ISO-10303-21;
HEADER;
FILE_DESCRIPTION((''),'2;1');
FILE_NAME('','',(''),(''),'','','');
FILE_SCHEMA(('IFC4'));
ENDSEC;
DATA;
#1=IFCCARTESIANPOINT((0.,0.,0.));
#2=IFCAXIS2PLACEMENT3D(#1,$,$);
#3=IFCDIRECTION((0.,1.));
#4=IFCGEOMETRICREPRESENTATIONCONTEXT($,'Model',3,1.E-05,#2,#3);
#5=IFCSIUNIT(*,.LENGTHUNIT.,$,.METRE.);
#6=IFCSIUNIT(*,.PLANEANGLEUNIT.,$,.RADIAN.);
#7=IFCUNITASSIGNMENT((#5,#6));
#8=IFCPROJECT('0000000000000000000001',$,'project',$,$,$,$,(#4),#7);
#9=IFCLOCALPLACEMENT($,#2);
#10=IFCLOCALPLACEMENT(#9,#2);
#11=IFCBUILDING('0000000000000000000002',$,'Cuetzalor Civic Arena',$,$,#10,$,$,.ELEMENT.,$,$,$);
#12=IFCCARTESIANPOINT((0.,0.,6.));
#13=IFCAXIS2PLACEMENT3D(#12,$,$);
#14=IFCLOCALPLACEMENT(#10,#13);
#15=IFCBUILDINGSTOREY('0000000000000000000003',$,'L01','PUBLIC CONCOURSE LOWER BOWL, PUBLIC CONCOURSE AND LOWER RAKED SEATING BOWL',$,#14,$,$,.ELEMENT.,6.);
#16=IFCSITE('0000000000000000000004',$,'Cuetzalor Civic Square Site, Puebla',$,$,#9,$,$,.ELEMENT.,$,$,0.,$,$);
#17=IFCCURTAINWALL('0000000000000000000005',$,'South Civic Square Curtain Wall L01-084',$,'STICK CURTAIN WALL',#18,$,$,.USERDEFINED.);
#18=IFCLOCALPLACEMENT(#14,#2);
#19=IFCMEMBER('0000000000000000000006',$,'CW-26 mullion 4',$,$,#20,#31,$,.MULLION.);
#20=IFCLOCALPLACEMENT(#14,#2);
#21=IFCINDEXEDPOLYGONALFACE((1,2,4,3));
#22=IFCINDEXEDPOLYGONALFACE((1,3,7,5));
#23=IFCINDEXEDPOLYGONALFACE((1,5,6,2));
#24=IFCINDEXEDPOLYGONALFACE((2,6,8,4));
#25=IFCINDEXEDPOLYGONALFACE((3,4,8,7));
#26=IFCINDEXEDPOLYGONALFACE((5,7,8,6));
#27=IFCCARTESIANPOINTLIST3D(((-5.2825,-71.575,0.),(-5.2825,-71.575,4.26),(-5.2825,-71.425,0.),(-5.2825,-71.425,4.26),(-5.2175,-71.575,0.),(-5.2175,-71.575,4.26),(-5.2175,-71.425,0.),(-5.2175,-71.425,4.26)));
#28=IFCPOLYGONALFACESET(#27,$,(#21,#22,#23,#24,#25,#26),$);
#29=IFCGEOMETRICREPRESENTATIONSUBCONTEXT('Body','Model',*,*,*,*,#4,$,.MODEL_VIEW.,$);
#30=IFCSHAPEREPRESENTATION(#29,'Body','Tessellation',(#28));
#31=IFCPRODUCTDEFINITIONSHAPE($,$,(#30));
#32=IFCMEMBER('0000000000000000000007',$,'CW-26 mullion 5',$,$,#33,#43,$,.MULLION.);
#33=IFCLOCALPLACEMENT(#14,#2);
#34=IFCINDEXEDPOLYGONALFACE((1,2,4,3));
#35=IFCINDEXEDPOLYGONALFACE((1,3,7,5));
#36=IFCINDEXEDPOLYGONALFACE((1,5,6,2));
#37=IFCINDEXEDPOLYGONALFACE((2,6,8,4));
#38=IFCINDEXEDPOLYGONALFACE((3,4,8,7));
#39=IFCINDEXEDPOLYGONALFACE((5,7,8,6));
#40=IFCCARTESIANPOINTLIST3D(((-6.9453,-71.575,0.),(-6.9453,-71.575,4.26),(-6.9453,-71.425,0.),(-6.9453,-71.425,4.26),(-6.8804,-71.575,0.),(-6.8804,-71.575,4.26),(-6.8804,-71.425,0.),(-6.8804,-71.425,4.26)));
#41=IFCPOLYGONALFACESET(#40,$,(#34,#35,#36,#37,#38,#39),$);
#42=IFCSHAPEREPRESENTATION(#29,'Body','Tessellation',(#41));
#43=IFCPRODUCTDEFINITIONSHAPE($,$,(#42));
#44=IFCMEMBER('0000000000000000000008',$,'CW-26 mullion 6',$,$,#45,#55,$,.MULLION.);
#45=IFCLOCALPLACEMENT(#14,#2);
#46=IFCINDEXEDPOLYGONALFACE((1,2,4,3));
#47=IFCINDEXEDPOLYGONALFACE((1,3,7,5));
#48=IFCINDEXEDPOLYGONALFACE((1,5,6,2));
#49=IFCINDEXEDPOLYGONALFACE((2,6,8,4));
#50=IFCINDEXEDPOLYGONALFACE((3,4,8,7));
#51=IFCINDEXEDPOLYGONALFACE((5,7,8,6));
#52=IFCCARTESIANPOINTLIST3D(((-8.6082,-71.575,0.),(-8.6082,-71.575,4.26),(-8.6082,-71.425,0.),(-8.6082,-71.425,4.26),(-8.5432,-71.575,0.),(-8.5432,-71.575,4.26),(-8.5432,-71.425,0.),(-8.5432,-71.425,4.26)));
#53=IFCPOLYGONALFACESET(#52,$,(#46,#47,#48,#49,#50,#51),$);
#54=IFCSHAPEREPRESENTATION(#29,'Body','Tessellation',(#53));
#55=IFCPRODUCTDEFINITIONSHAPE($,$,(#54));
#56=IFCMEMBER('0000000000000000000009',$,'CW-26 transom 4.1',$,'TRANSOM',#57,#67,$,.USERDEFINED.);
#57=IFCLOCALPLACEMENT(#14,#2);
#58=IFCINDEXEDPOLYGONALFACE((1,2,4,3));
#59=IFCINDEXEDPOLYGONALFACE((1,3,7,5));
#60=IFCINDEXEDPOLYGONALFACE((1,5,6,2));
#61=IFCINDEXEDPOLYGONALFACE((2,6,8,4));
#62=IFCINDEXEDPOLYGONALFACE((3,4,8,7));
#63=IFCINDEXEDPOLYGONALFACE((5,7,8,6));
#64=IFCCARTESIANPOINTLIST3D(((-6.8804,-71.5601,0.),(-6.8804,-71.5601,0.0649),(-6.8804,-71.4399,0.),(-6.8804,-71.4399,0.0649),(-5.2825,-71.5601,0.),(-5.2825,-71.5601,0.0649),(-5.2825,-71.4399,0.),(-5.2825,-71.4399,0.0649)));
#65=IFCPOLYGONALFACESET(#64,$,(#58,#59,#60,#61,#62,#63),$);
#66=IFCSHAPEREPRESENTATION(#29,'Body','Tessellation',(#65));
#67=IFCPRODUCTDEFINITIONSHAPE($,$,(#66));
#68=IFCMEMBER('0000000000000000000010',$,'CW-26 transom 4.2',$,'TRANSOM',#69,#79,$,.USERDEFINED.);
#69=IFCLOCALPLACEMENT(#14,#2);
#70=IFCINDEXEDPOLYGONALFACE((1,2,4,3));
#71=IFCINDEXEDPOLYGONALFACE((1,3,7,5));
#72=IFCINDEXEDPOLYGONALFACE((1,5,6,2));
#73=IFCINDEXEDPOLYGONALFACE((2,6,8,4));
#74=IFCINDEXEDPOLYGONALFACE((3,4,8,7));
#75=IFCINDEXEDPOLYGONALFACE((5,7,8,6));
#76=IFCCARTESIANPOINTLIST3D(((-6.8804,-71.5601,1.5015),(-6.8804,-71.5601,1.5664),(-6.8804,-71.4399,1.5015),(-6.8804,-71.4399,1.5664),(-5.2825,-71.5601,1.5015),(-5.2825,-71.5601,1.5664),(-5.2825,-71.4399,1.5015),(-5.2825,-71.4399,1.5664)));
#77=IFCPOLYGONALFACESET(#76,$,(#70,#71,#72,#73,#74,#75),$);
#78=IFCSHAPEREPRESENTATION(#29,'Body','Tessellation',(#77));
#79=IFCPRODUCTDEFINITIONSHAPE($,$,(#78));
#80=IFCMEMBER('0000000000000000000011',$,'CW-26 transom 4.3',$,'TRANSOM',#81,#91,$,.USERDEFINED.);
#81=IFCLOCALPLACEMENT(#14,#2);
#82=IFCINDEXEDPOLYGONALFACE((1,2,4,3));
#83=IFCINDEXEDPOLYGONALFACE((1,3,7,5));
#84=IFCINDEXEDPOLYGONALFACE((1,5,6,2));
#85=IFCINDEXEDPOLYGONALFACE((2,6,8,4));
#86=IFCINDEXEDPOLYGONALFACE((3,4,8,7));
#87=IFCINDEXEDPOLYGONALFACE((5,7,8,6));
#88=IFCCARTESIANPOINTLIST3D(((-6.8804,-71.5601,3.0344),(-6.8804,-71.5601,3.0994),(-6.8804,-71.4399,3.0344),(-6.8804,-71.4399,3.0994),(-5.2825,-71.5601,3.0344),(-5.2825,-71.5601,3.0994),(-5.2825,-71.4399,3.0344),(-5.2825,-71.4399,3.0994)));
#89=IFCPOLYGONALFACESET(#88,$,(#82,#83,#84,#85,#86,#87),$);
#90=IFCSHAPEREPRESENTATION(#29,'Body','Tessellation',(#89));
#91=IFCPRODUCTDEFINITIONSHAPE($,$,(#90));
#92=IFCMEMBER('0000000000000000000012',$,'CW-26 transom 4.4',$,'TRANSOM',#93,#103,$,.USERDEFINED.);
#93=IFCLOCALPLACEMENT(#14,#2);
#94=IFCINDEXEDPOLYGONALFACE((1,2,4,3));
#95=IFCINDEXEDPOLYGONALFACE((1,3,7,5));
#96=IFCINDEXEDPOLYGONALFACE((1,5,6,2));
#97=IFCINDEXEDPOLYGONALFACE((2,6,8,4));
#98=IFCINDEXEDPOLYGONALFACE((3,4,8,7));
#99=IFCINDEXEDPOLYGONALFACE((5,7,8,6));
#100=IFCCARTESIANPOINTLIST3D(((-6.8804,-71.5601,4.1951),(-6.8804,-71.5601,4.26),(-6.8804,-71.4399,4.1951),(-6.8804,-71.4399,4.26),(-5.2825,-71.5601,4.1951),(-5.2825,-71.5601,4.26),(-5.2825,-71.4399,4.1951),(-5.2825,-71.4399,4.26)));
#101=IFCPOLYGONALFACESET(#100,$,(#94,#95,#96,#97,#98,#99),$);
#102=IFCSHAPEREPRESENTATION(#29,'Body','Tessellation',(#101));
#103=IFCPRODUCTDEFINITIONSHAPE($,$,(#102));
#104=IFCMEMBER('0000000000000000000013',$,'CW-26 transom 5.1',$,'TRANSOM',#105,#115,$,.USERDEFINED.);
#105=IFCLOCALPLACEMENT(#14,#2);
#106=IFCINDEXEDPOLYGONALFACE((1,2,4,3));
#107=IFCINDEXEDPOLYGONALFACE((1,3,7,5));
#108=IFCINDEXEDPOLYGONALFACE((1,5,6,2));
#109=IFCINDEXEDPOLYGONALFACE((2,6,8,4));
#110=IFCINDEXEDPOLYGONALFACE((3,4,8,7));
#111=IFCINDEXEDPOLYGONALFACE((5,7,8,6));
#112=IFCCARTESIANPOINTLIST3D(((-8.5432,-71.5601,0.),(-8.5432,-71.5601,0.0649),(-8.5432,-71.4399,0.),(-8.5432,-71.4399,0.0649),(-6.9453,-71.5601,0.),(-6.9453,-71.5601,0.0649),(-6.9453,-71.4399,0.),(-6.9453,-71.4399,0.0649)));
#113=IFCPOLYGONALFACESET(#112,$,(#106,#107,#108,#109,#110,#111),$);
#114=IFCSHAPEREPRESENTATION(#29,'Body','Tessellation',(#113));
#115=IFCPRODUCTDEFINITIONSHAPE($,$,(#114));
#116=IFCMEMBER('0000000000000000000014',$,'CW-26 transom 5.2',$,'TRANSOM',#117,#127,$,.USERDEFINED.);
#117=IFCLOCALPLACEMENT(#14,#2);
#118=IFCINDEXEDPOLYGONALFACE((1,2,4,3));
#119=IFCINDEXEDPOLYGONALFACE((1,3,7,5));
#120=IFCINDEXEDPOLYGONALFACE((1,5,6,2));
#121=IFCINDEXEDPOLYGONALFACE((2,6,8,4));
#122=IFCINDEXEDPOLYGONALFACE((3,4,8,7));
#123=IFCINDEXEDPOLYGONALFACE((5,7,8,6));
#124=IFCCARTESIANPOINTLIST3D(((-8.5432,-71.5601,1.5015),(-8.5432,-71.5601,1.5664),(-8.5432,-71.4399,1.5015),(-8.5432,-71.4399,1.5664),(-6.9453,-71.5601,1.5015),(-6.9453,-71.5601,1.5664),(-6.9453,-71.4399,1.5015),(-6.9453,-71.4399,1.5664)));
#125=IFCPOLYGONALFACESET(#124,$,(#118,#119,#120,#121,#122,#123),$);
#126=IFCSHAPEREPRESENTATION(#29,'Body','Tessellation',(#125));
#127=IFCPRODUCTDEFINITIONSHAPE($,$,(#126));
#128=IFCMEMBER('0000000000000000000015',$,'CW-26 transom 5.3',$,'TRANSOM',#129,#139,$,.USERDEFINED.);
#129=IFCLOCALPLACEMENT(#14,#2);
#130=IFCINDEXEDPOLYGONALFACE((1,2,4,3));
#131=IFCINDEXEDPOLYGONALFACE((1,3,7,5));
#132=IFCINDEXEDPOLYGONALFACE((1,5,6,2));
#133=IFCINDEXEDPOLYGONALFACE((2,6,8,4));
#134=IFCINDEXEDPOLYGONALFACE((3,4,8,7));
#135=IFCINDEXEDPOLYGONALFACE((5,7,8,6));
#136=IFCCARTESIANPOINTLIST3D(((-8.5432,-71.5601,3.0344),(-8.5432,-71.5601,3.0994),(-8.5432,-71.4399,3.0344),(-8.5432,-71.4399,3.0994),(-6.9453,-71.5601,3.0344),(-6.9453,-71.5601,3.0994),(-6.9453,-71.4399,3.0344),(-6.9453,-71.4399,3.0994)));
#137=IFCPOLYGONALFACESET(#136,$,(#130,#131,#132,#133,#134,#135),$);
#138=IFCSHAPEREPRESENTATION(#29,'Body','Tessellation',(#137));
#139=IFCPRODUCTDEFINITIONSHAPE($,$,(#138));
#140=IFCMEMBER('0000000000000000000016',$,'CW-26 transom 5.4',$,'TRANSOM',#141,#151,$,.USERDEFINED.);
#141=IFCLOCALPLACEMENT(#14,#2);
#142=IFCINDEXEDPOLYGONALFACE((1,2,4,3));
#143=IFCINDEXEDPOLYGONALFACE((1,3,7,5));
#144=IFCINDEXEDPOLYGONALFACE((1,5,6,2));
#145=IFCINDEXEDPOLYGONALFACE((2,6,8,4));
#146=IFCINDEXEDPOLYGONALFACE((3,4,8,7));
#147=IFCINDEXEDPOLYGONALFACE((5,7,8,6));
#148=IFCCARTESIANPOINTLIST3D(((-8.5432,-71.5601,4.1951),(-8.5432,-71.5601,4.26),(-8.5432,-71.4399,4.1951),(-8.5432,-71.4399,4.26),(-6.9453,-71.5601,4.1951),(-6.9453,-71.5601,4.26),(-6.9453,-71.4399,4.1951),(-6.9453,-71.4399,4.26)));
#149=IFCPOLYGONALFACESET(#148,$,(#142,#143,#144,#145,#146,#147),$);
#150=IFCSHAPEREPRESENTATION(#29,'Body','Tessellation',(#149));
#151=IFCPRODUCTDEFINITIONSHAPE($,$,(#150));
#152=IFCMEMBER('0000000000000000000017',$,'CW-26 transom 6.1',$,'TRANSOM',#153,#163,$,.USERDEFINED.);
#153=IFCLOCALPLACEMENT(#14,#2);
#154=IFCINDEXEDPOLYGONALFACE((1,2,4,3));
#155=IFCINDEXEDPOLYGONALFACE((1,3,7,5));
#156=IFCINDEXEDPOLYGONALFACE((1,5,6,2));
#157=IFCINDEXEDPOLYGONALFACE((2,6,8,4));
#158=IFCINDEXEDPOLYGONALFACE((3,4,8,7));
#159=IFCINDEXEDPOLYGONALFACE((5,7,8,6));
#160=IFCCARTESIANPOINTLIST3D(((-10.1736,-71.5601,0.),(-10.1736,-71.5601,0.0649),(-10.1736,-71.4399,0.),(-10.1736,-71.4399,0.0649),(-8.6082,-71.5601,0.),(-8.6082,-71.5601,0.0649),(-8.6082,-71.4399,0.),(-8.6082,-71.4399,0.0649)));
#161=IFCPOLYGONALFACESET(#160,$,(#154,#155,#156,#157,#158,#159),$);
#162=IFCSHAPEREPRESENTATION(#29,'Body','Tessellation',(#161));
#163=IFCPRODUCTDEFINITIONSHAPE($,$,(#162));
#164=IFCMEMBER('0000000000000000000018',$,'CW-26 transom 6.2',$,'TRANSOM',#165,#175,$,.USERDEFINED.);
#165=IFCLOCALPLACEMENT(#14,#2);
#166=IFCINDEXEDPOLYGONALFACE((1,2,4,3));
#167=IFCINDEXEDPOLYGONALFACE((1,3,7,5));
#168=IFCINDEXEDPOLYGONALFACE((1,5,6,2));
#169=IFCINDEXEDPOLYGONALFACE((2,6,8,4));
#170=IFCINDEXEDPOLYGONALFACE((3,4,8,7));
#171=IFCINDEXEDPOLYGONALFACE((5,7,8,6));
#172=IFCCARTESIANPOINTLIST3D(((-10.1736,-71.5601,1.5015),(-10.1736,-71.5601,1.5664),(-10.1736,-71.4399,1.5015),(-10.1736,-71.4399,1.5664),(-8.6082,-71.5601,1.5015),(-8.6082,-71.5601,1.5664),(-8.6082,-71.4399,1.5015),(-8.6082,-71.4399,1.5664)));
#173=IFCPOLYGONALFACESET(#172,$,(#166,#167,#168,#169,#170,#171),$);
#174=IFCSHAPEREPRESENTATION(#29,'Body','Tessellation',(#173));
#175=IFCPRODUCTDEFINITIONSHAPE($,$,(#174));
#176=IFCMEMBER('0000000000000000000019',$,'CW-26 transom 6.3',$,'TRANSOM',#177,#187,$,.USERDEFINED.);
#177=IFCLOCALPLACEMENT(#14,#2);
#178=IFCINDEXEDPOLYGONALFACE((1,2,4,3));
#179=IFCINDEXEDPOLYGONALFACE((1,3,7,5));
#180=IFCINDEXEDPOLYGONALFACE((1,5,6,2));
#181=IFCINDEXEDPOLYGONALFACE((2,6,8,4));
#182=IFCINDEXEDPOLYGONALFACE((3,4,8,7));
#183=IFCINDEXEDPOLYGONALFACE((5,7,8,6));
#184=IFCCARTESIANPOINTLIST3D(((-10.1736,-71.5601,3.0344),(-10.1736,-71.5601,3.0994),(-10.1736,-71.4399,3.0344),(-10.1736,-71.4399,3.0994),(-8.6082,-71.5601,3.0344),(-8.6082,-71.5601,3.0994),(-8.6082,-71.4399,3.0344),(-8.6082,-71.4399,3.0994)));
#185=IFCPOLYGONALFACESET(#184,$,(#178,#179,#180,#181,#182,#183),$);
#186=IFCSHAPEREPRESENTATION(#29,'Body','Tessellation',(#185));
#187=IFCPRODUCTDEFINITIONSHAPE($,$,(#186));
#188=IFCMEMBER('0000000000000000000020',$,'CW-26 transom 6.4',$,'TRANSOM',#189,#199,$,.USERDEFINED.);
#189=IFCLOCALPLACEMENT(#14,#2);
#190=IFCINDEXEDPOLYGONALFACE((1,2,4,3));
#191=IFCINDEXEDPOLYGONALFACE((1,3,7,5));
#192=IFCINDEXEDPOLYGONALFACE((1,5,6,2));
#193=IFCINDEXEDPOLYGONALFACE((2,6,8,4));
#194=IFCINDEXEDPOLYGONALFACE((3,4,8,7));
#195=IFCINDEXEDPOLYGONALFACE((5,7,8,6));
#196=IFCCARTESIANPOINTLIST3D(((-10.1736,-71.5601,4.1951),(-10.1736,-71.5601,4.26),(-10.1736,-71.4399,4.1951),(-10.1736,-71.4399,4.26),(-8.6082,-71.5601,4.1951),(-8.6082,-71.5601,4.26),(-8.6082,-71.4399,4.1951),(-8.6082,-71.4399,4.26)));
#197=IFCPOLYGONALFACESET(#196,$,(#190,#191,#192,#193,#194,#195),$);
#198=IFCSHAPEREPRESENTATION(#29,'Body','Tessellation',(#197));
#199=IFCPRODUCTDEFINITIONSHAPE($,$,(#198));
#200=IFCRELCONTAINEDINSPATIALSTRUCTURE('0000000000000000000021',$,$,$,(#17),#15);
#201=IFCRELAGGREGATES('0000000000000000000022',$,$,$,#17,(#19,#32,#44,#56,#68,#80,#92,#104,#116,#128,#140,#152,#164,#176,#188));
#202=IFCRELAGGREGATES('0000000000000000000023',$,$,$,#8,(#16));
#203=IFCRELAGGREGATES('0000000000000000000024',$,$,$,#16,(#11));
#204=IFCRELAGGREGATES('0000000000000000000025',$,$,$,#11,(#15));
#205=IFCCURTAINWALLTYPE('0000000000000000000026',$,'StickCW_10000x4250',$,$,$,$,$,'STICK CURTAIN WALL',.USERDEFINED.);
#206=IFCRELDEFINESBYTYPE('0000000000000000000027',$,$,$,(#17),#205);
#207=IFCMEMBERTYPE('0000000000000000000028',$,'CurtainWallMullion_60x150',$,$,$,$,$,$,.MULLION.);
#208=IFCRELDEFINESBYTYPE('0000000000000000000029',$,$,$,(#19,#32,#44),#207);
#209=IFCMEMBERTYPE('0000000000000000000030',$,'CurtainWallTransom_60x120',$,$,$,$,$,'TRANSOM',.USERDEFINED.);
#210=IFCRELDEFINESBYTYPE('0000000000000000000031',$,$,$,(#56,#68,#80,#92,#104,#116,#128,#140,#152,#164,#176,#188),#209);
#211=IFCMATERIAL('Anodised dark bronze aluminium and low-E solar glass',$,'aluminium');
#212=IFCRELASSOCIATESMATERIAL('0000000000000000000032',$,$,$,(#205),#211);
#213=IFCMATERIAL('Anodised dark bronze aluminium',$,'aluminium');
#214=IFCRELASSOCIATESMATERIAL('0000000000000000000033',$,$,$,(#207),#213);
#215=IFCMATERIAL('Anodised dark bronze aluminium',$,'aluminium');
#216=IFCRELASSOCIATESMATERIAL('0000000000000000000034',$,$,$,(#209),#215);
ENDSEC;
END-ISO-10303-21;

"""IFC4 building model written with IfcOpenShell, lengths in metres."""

from ifc_helpers import new_model, si_unit, direction, frame, origin, origin_2d, place, context, subcontext, project, spatial, rectangle, extrude, material, material_profile, profile_set, type_object, element, aggregate, save


model = new_model("IFC4")

# Units and contexts
model_context = context("Model", 3, precision=1e-05, world=origin(), true_north=direction((0.0, 1.0)))
body_context = subcontext(model_context, "Body", "Model", "MODEL_VIEW")
ifc_project = project(units=[si_unit("LENGTHUNIT", "METRE"), si_unit("PLANEANGLEUNIT", "RADIAN")], contexts=[model_context])

# Site, building, storey
site_placement = place(None, origin())
site = spatial("IfcSite", under=ifc_project, at=site_placement, Name="Cuetzalor Civic Square Site, Puebla", CompositionType="ELEMENT", RefElevation=0.0)
building_placement = place(site_placement, origin())
building = spatial("IfcBuilding", under=site, at=building_placement, Name="Cuetzalor Civic Arena", CompositionType="ELEMENT")
storey_placement = place(building_placement, frame((0.0, 0.0, 6.0)))
storey = spatial("IfcBuildingStorey", under=building, at=storey_placement, Name="L01", Description="PUBLIC CONCOURSE LOWER BOWL, PUBLIC CONCOURSE AND LOWER RAKED SEATING BOWL", CompositionType="ELEMENT", Elevation=6.0)

# Curtain wall, members
ifc_material_1 = material(Name="Anodised dark bronze aluminium and low-E solar glass", Category="aluminium")
curtain_wall_type = type_object("IfcCurtainWallType", Name="StickCW_10000x4250", ElementType="STICK CURTAIN WALL", PredefinedType="USERDEFINED", material=ifc_material_1)
curtain_wall_placement = place(storey_placement, origin())
curtain_wall = element("IfcCurtainWall", 1, at=curtain_wall_placement, inside=storey, type_object=curtain_wall_type, Name="South Civic Square Curtain Wall L01-084", ObjectType="STICK CURTAIN WALL", PredefinedType="USERDEFINED")
ifc_material_2 = material(Name="Anodised dark bronze aluminium", Category="aluminium")
ifc_material_profile_1 = material_profile(ifc_material_2, rectangle(XDim=0.0649, YDim=0.1499, at=origin_2d()), Name="ALU MULLION 65x150")
ifc_profile_set_1 = profile_set([ifc_material_profile_1], Name="Anodised dark bronze aluminium")
member_type_1 = type_object("IfcMemberType", Name="CurtainWallMullion_60x150", PredefinedType="MULLION", material=ifc_profile_set_1)
member_1_placement = place(storey_placement, frame((-5.25, -71.5, 0.0), z_axis=(0.0, 0.0, 1.0), x_axis=(-1.0, 0.0, 0.0)))
member_1 = element("IfcMember", 2, at=member_1_placement, type_object=member_type_1, Name="CW-26 mullion 4", PredefinedType="MULLION", context=body_context, shape_type="SweptSolid", body=[
    extrude(rectangle(XDim=0.0649, YDim=0.1499, at=origin_2d()), origin(), (0.0, 0.0, 1.0), 4.26),
])
member_2_placement = place(storey_placement, frame((-6.9128, -71.5, 0.0), z_axis=(0.0, 0.0, 1.0), x_axis=(-1.0, 0.0, 0.0)))
member_2 = element("IfcMember", 3, at=member_2_placement, type_object=member_type_1, Name="CW-26 mullion 5", PredefinedType="MULLION", context=body_context, shape_type="SweptSolid", body=[
    extrude(rectangle(XDim=0.0649, YDim=0.1499, at=origin_2d()), origin(), (0.0, 0.0, 1.0), 4.26),
])
member_3_placement = place(storey_placement, frame((-8.5757, -71.5, 0.0), z_axis=(0.0, 0.0, 1.0), x_axis=(-1.0, 0.0, 0.0)))
member_3 = element("IfcMember", 4, at=member_3_placement, type_object=member_type_1, Name="CW-26 mullion 6", PredefinedType="MULLION", context=body_context, shape_type="SweptSolid", body=[
    extrude(rectangle(XDim=0.0649, YDim=0.1499, at=origin_2d()), origin(), (0.0, 0.0, 1.0), 4.26),
])
ifc_material_3 = material(Name="Anodised dark bronze aluminium", Category="aluminium")
ifc_material_profile_2 = material_profile(ifc_material_3, rectangle(XDim=0.1201, YDim=0.0649, at=origin_2d()), Name="ALU TRANSOM 65x120")
ifc_profile_set_2 = profile_set([ifc_material_profile_2], Name="Anodised dark bronze aluminium")
member_type_2 = type_object("IfcMemberType", Name="CurtainWallTransom_60x120", ElementType="TRANSOM", PredefinedType="USERDEFINED", material=ifc_profile_set_2)
member_4_placement = place(storey_placement, frame((-5.2825, -71.5, 0.0325), z_axis=(-1.0, 0.0, 0.0), x_axis=(0.0, -1.0, 0.0)))
member_4 = element("IfcMember", 5, at=member_4_placement, type_object=member_type_2, Name="CW-26 transom 4.1", ObjectType="TRANSOM", PredefinedType="USERDEFINED", context=body_context, shape_type="SweptSolid", body=[
    extrude(rectangle(XDim=0.1201, YDim=0.0649, at=origin_2d()), origin(), (0.0, 0.0, 1.0), 1.5979),
])
member_5_placement = place(storey_placement, frame((-5.2825, -71.5, 1.5339), z_axis=(-1.0, 0.0, 0.0), x_axis=(0.0, -1.0, 0.0)))
member_5 = element("IfcMember", 6, at=member_5_placement, type_object=member_type_2, Name="CW-26 transom 4.2", ObjectType="TRANSOM", PredefinedType="USERDEFINED", context=body_context, shape_type="SweptSolid", body=[
    extrude(rectangle(XDim=0.1201, YDim=0.0649, at=origin_2d()), origin(), (0.0, 0.0, 1.0), 1.5979),
])
member_6_placement = place(storey_placement, frame((-5.2825, -71.5, 3.0669), z_axis=(-1.0, 0.0, 0.0), x_axis=(0.0, -1.0, 0.0)))
member_6 = element("IfcMember", 7, at=member_6_placement, type_object=member_type_2, Name="CW-26 transom 4.3", ObjectType="TRANSOM", PredefinedType="USERDEFINED", context=body_context, shape_type="SweptSolid", body=[
    extrude(rectangle(XDim=0.1201, YDim=0.0649, at=origin_2d()), origin(), (0.0, 0.0, 1.0), 1.5979),
])
member_7_placement = place(storey_placement, frame((-5.2825, -71.5, 4.2275), z_axis=(-1.0, 0.0, 0.0), x_axis=(0.0, -1.0, 0.0)))
member_7 = element("IfcMember", 8, at=member_7_placement, type_object=member_type_2, Name="CW-26 transom 4.4", ObjectType="TRANSOM", PredefinedType="USERDEFINED", context=body_context, shape_type="SweptSolid", body=[
    extrude(rectangle(XDim=0.1201, YDim=0.0649, at=origin_2d()), origin(), (0.0, 0.0, 1.0), 1.5979),
])
member_8_placement = place(storey_placement, frame((-6.9453, -71.5, 0.0325), z_axis=(-1.0, 0.0, 0.0), x_axis=(0.0, -1.0, 0.0)))
member_8 = element("IfcMember", 9, at=member_8_placement, type_object=member_type_2, Name="CW-26 transom 5.1", ObjectType="TRANSOM", PredefinedType="USERDEFINED", context=body_context, shape_type="SweptSolid", body=[
    extrude(rectangle(XDim=0.1201, YDim=0.0649, at=origin_2d()), origin(), (0.0, 0.0, 1.0), 1.5979),
])
member_9_placement = place(storey_placement, frame((-6.9453, -71.5, 1.5339), z_axis=(-1.0, 0.0, 0.0), x_axis=(0.0, -1.0, 0.0)))
member_9 = element("IfcMember", 10, at=member_9_placement, type_object=member_type_2, Name="CW-26 transom 5.2", ObjectType="TRANSOM", PredefinedType="USERDEFINED", context=body_context, shape_type="SweptSolid", body=[
    extrude(rectangle(XDim=0.1201, YDim=0.0649, at=origin_2d()), origin(), (0.0, 0.0, 1.0), 1.5979),
])
member_10_placement = place(storey_placement, frame((-6.9453, -71.5, 3.0669), z_axis=(-1.0, 0.0, 0.0), x_axis=(0.0, -1.0, 0.0)))
member_10 = element("IfcMember", 11, at=member_10_placement, type_object=member_type_2, Name="CW-26 transom 5.3", ObjectType="TRANSOM", PredefinedType="USERDEFINED", context=body_context, shape_type="SweptSolid", body=[
    extrude(rectangle(XDim=0.1201, YDim=0.0649, at=origin_2d()), origin(), (0.0, 0.0, 1.0), 1.5979),
])
member_11_placement = place(storey_placement, frame((-6.9453, -71.5, 4.2275), z_axis=(-1.0, 0.0, 0.0), x_axis=(0.0, -1.0, 0.0)))
member_11 = element("IfcMember", 12, at=member_11_placement, type_object=member_type_2, Name="CW-26 transom 5.4", ObjectType="TRANSOM", PredefinedType="USERDEFINED", context=body_context, shape_type="SweptSolid", body=[
    extrude(rectangle(XDim=0.1201, YDim=0.0649, at=origin_2d()), origin(), (0.0, 0.0, 1.0), 1.5979),
])
member_12_placement = place(storey_placement, frame((-8.6082, -71.5, 0.0325), z_axis=(-1.0, 0.0, 0.0), x_axis=(0.0, -1.0, 0.0)))
member_12 = element("IfcMember", 13, at=member_12_placement, type_object=member_type_2, Name="CW-26 transom 6.1", ObjectType="TRANSOM", PredefinedType="USERDEFINED", context=body_context, shape_type="SweptSolid", body=[
    extrude(rectangle(XDim=0.1201, YDim=0.0649, at=origin_2d()), origin(), (0.0, 0.0, 1.0), 1.5654),
])
member_13_placement = place(storey_placement, frame((-8.6082, -71.5, 1.5339), z_axis=(-1.0, 0.0, 0.0), x_axis=(0.0, -1.0, 0.0)))
member_13 = element("IfcMember", 14, at=member_13_placement, type_object=member_type_2, Name="CW-26 transom 6.2", ObjectType="TRANSOM", PredefinedType="USERDEFINED", context=body_context, shape_type="SweptSolid", body=[
    extrude(rectangle(XDim=0.1201, YDim=0.0649, at=origin_2d()), origin(), (0.0, 0.0, 1.0), 1.5654),
])
member_14_placement = place(storey_placement, frame((-8.6082, -71.5, 3.0669), z_axis=(-1.0, 0.0, 0.0), x_axis=(0.0, -1.0, 0.0)))
member_14 = element("IfcMember", 15, at=member_14_placement, type_object=member_type_2, Name="CW-26 transom 6.3", ObjectType="TRANSOM", PredefinedType="USERDEFINED", context=body_context, shape_type="SweptSolid", body=[
    extrude(rectangle(XDim=0.1201, YDim=0.0649, at=origin_2d()), origin(), (0.0, 0.0, 1.0), 1.5654),
])
member_15_placement = place(storey_placement, frame((-8.6082, -71.5, 4.2275), z_axis=(-1.0, 0.0, 0.0), x_axis=(0.0, -1.0, 0.0)))
member_15 = element("IfcMember", 16, at=member_15_placement, type_object=member_type_2, Name="CW-26 transom 6.4", ObjectType="TRANSOM", PredefinedType="USERDEFINED", context=body_context, shape_type="SweptSolid", body=[
    extrude(rectangle(XDim=0.1201, YDim=0.0649, at=origin_2d()), origin(), (0.0, 0.0, 1.0), 1.5654),
])
aggregate(curtain_wall, [member_1, member_2, member_3, member_4, member_5, member_6, member_7, member_8, member_9, member_10, member_11, member_12, member_13, member_14, member_15])

save(model, "model.ifc")
